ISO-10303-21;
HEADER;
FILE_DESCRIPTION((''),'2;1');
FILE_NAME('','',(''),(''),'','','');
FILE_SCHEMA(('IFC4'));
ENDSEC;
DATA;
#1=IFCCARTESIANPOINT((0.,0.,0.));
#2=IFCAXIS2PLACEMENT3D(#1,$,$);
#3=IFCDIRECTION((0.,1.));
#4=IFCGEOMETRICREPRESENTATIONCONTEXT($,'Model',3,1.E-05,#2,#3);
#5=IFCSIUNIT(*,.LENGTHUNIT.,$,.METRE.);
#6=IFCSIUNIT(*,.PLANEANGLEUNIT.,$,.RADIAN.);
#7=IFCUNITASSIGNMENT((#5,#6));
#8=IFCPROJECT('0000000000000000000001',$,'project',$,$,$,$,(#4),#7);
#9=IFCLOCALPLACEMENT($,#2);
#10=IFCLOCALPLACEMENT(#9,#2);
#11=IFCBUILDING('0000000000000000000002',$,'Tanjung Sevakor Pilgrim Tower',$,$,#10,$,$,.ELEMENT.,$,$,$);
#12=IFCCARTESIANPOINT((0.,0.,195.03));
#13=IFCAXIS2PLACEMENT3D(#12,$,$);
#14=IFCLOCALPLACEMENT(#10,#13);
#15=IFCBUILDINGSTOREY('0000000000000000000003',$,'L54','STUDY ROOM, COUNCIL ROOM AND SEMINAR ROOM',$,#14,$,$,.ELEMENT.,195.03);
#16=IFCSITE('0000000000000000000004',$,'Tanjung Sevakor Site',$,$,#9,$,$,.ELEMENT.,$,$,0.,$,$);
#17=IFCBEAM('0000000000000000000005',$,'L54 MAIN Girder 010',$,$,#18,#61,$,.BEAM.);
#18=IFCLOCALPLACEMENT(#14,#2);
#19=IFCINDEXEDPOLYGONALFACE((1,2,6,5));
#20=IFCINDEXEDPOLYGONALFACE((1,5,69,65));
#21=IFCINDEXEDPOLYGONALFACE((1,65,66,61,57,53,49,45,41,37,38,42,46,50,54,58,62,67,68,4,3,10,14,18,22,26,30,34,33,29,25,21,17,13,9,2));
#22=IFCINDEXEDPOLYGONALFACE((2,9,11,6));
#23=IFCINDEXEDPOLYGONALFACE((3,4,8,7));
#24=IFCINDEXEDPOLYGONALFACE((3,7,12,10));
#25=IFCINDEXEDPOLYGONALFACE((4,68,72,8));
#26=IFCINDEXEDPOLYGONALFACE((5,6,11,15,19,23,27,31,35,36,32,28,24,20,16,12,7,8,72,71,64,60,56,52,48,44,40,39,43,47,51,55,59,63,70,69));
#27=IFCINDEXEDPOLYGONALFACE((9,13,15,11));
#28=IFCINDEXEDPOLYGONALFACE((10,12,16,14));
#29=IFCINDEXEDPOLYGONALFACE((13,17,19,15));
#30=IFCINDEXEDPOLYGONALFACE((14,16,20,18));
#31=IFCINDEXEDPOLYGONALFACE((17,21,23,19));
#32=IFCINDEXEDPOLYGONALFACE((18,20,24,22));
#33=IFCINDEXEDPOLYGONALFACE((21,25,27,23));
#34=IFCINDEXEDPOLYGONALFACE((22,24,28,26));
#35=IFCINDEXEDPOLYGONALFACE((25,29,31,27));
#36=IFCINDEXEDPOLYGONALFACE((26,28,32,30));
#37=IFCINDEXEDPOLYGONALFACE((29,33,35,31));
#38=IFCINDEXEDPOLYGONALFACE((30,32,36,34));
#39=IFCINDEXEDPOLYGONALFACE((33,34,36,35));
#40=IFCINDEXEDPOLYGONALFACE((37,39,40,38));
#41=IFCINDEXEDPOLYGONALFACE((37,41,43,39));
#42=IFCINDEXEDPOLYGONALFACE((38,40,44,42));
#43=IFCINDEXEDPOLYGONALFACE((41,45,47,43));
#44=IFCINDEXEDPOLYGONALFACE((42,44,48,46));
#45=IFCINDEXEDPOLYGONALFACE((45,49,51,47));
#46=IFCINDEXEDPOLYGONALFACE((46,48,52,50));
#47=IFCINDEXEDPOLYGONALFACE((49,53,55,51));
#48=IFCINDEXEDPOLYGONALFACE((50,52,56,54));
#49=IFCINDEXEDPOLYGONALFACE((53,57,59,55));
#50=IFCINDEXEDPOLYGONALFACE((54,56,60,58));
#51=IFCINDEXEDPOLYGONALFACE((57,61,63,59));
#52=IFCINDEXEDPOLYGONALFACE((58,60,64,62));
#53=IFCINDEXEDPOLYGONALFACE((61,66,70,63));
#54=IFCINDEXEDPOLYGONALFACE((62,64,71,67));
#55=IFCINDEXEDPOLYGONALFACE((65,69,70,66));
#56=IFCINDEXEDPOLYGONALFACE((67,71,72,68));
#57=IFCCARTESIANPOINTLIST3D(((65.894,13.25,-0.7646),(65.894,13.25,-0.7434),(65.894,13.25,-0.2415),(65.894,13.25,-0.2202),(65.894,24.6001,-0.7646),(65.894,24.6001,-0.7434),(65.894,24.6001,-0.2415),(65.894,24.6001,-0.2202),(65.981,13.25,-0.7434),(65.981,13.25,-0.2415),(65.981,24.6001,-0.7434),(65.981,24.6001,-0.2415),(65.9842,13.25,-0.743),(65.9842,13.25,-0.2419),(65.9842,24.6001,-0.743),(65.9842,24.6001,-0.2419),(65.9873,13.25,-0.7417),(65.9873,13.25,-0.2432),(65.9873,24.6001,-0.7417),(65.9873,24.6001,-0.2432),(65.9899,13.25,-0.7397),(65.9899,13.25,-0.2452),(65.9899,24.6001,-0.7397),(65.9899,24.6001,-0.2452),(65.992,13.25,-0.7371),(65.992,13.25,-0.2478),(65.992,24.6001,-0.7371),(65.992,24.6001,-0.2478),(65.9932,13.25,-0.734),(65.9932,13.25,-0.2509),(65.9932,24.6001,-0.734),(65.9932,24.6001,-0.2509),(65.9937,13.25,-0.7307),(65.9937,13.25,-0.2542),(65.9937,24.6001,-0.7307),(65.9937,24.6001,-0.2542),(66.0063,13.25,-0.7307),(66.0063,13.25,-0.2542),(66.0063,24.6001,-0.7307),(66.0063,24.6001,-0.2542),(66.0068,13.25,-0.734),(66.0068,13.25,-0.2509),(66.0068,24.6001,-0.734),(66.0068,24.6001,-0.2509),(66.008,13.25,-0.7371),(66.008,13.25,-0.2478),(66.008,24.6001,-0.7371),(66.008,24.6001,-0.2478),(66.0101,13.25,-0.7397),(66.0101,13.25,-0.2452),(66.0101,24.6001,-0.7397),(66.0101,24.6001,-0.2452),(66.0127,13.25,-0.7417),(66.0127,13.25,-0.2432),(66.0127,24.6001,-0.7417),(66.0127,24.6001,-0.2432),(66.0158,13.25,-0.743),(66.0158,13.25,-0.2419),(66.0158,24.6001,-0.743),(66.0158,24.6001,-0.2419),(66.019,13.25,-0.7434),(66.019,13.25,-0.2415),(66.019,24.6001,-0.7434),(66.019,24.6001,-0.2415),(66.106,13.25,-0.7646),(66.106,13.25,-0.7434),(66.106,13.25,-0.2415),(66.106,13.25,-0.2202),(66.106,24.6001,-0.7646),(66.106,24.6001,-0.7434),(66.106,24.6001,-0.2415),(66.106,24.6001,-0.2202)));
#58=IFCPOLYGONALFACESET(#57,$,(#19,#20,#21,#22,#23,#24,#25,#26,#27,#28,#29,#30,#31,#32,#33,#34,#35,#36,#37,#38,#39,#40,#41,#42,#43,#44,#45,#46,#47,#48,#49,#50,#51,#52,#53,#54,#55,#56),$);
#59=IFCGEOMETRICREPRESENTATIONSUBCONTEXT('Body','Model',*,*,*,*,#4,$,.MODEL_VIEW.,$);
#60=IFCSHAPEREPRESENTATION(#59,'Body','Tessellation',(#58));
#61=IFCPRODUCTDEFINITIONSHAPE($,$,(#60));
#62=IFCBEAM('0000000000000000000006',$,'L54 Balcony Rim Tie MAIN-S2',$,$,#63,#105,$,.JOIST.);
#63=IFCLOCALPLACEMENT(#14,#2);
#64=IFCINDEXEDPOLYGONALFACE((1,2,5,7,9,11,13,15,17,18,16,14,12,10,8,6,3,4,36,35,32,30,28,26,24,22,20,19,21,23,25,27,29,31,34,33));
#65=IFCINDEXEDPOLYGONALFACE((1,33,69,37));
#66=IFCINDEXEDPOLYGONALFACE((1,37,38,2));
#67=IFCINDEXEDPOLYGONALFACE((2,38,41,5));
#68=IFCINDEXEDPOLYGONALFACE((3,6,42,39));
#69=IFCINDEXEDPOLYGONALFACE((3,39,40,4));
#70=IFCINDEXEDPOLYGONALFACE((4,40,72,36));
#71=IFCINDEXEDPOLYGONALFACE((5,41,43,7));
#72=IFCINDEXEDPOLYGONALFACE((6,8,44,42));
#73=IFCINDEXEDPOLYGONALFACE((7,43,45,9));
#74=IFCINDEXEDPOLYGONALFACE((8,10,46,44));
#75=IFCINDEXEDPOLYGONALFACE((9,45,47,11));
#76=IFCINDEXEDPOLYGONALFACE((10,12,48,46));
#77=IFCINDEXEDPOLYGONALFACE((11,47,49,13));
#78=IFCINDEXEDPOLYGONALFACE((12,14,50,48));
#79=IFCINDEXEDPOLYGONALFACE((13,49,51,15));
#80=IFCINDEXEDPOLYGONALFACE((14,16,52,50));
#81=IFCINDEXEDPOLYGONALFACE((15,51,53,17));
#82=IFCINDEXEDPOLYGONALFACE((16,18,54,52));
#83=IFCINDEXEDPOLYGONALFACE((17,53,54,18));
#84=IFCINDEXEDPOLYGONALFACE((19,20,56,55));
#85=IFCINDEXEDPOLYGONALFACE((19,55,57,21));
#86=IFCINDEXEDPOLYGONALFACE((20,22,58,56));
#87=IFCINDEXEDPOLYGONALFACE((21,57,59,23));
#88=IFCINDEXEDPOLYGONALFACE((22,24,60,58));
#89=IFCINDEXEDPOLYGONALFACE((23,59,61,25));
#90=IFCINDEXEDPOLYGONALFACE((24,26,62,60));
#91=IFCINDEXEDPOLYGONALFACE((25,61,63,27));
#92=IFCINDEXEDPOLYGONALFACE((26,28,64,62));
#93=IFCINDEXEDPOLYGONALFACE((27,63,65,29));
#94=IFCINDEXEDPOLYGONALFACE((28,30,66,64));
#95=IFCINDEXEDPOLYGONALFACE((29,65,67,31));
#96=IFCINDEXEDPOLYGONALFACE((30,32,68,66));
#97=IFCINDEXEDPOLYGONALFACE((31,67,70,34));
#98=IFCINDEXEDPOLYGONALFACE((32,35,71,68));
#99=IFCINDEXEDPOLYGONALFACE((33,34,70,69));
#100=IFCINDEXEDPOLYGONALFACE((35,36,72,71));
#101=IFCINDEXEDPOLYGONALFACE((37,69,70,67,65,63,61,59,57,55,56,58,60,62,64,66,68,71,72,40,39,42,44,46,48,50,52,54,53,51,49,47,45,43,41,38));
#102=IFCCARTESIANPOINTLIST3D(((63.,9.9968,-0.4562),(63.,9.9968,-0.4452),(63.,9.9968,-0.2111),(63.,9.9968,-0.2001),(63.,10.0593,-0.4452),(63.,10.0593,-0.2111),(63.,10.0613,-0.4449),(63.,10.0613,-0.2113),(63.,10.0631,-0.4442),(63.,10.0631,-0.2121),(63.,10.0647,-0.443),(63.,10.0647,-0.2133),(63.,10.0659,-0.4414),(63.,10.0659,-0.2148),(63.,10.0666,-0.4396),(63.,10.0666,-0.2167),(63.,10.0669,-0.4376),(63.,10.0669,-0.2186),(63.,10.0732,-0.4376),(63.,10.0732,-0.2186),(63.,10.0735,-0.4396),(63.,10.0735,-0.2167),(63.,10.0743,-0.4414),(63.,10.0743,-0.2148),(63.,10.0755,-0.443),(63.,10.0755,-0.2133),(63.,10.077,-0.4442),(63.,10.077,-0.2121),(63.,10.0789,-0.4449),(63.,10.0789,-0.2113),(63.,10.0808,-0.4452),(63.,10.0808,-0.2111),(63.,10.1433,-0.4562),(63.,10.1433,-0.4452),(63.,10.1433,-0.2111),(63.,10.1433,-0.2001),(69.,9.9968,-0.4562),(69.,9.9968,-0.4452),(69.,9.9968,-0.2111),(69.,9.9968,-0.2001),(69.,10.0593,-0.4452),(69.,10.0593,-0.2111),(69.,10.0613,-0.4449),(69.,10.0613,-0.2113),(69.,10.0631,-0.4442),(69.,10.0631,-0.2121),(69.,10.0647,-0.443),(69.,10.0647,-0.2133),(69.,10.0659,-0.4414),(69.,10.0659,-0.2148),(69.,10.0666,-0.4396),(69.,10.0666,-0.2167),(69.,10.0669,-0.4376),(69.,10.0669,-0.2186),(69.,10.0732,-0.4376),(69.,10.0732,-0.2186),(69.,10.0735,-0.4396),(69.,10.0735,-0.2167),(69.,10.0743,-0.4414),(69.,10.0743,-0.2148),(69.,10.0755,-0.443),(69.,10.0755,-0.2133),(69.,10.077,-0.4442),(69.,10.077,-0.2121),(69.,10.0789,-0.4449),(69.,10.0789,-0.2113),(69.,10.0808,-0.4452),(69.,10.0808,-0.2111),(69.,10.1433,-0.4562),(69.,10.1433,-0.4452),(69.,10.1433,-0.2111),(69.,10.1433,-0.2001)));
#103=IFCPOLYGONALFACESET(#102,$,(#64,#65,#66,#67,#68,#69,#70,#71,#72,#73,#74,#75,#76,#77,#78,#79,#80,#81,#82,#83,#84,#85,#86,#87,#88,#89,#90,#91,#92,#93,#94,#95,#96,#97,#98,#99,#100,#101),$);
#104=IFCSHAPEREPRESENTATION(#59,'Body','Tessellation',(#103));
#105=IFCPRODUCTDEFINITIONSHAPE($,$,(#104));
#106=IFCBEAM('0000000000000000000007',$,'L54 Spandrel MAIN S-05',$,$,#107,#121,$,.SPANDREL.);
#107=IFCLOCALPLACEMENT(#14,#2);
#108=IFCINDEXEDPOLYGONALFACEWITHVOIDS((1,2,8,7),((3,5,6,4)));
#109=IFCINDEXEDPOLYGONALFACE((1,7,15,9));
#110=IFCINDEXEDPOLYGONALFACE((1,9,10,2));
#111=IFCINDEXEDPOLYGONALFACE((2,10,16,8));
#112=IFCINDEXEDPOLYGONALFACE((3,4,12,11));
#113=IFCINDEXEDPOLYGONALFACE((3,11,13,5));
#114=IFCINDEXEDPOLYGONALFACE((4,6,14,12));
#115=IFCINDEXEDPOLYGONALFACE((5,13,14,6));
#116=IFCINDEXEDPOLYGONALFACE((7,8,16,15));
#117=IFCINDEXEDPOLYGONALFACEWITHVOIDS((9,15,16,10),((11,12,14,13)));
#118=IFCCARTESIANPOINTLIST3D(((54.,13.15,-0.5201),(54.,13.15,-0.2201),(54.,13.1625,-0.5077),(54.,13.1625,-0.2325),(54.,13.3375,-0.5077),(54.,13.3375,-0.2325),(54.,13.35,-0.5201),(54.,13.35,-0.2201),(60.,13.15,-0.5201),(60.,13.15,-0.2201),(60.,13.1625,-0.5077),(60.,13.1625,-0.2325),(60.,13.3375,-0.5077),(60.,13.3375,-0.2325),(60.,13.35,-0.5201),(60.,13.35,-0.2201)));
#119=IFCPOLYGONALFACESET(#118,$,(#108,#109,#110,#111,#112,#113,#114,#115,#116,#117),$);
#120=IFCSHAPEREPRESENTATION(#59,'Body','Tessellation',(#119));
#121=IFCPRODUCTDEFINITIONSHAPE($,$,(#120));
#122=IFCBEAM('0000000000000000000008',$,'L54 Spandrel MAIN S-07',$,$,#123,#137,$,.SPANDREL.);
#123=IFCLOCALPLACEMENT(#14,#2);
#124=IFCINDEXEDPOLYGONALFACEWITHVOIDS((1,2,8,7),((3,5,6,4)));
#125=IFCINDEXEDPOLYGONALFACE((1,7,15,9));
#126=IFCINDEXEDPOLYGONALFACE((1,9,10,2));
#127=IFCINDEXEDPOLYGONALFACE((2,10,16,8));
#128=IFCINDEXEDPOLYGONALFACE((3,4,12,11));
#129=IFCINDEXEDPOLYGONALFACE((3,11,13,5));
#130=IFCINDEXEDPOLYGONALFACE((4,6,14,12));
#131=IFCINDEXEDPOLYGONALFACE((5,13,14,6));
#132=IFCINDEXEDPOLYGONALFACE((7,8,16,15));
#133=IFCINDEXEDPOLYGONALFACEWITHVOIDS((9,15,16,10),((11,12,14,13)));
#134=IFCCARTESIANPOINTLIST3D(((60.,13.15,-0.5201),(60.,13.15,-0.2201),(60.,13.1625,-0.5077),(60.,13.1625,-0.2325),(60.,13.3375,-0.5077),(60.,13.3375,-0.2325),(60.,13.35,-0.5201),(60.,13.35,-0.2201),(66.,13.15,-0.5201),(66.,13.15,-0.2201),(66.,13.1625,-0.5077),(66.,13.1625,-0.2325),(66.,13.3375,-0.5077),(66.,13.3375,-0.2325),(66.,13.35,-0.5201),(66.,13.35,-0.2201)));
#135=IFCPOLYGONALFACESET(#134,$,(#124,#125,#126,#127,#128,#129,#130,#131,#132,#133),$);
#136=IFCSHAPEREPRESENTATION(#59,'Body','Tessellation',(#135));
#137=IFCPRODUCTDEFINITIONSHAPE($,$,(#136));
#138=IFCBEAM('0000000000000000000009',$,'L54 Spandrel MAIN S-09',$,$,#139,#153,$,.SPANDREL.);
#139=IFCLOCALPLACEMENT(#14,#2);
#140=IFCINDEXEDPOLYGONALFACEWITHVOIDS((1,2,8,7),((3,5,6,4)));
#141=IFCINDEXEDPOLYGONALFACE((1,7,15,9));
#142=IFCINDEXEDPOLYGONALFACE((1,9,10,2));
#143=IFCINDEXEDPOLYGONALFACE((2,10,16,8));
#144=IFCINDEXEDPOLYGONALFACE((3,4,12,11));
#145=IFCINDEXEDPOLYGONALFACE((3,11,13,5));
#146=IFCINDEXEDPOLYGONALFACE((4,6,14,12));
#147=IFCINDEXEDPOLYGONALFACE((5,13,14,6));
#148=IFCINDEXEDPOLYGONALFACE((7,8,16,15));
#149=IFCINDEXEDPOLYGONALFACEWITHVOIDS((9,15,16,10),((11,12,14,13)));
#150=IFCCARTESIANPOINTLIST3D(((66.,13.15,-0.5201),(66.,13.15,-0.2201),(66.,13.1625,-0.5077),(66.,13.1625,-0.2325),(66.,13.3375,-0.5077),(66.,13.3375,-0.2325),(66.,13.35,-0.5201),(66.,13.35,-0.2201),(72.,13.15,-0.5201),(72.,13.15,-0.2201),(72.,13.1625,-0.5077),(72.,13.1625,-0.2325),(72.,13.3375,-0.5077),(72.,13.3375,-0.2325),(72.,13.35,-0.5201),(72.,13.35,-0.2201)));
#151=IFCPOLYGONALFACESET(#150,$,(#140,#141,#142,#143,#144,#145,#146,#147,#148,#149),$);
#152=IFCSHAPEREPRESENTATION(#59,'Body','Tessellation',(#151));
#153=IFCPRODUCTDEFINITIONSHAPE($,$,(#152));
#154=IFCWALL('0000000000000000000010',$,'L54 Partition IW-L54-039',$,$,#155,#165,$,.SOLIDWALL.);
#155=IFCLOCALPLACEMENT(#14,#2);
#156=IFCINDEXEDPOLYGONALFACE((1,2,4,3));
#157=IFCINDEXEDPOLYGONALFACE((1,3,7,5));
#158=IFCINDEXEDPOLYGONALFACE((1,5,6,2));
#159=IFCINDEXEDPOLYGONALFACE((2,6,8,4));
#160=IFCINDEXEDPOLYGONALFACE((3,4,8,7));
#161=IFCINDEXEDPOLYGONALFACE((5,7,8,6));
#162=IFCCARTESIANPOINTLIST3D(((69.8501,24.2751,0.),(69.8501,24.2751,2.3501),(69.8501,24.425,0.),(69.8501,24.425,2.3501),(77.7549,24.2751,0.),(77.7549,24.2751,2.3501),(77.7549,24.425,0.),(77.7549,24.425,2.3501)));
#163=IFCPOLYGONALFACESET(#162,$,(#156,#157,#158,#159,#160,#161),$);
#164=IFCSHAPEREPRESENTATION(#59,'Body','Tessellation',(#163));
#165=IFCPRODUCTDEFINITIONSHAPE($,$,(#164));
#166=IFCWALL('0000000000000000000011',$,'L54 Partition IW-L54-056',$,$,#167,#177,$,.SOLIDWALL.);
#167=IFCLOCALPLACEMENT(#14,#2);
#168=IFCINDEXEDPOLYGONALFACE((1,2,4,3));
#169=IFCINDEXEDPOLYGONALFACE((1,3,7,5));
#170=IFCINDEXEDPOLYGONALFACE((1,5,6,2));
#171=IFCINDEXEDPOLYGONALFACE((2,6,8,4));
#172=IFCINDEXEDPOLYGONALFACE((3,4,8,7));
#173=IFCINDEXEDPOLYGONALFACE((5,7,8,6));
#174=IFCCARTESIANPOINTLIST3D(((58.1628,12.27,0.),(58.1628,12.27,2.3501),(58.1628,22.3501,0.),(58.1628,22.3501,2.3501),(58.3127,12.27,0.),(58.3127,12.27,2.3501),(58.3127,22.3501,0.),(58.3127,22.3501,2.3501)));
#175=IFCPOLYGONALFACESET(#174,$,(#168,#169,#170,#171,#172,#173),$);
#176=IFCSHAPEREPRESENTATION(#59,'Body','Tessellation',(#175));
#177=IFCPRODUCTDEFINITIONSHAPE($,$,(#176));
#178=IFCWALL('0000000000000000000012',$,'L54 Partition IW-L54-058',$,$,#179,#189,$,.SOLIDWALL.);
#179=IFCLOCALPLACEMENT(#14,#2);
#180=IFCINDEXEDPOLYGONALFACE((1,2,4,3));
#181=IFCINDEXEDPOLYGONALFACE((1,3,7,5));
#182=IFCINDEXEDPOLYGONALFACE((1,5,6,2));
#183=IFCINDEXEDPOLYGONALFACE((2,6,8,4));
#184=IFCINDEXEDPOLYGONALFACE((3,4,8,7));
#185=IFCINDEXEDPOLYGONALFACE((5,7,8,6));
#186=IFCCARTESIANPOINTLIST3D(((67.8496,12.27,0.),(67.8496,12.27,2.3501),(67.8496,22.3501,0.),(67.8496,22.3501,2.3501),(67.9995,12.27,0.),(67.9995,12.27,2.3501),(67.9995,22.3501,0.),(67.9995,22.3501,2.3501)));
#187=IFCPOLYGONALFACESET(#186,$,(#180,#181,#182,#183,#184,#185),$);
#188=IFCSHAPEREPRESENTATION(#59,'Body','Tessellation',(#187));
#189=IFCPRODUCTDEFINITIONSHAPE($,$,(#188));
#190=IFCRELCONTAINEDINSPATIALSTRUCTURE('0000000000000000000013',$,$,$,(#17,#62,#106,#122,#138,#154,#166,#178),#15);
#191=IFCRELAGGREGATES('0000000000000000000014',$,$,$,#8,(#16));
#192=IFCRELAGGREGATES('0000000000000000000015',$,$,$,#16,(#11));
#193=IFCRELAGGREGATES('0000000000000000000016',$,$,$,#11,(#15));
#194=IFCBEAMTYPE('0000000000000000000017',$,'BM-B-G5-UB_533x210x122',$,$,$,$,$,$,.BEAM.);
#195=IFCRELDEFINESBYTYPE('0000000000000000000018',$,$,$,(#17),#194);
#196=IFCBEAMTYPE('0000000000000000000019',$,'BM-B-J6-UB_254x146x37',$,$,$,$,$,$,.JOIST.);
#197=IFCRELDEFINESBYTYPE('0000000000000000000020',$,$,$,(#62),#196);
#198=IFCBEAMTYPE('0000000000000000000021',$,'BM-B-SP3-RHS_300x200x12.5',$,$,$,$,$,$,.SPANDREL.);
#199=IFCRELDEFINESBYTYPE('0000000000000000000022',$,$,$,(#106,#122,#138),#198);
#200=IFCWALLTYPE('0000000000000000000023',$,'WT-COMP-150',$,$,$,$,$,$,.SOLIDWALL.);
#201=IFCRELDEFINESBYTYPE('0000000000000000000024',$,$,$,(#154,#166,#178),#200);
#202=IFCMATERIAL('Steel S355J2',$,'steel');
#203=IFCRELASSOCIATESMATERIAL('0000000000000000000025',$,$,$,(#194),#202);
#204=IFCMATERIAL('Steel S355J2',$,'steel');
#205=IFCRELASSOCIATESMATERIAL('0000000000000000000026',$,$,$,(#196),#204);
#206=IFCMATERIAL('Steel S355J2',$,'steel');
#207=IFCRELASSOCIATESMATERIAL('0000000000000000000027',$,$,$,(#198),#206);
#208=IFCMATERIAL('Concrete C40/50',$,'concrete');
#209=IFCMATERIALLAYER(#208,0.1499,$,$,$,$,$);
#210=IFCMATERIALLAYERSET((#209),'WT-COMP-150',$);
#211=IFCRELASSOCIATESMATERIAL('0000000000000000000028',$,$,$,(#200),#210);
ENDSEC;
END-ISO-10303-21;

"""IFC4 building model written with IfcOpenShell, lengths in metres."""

from ifc_helpers import new_model, si_unit, direction, frame, frame_2d, origin, origin_2d, place, context, subcontext, project, spatial, rectangle, hollow_rectangle, i_section, extrude, material, layer, layer_set, material_profile, profile_set, type_object, element, save


model = new_model("IFC4")

# Units and contexts
model_context = context("Model", 3, precision=1e-05, world=origin(), true_north=direction((0.0, 1.0)))
body_context = subcontext(model_context, "Body", "Model", "MODEL_VIEW")
ifc_project = project(units=[si_unit("LENGTHUNIT", "METRE"), si_unit("PLANEANGLEUNIT", "RADIAN")], contexts=[model_context])

# Site, building, storey
site_placement = place(None, origin())
site = spatial("IfcSite", under=ifc_project, at=site_placement, Name="Tanjung Sevakor Site", CompositionType="ELEMENT", RefElevation=0.0)
building_placement = place(site_placement, origin())
building = spatial("IfcBuilding", under=site, at=building_placement, Name="Tanjung Sevakor Pilgrim Tower", CompositionType="ELEMENT")
storey_placement = place(building_placement, frame((0.0, 0.0, 195.03)))
storey = spatial("IfcBuildingStorey", under=building, at=storey_placement, Name="L54", Description="STUDY ROOM, COUNCIL ROOM AND SEMINAR ROOM", CompositionType="ELEMENT", Elevation=195.03)

# Beams
ifc_material_1 = material(Name="Steel S355J2", Category="steel")
ifc_material_profile_1 = material_profile(ifc_material_1, i_section(OverallWidth=0.2119, OverallDepth=0.5444, WebThickness=0.0127, FlangeThickness=0.0212, FilletRadius=0.0127, at=origin_2d()))
ifc_profile_set_1 = profile_set([ifc_material_profile_1], Name="Steel S355J2")
beam_type_1 = type_object("IfcBeamType", Name="BM-B-G5-UB_533x210x122", PredefinedType="BEAM", material=ifc_profile_set_1)
for number, where, z_axis, x_axis, name in (
    (1, (66.0, 13.25, -0.4924), (0.0, 1.0, 0.0), (-1.0, 0.0, 0.0), "L54 MAIN Girder 010"),
):
    element("IfcBeam", number, at=place(storey_placement, frame(where, z_axis=z_axis, x_axis=x_axis)), inside=storey, type_object=beam_type_1, Name=name, PredefinedType="BEAM", context=body_context, shape_type="SweptSolid", body=[
        extrude(i_section(OverallWidth=0.2119, OverallDepth=0.5444, WebThickness=0.0127, FlangeThickness=0.0212, FilletRadius=0.0127, at=origin_2d()), origin(), (0.0, 0.0, 1.0), 11.3501),
    ])
ifc_material_2 = material(Name="Steel S355J2", Category="steel")
ifc_material_profile_2 = material_profile(ifc_material_2, i_section(OverallWidth=0.1465, OverallDepth=0.2561, WebThickness=0.0063, FlangeThickness=0.011, FilletRadius=0.0076, at=origin_2d()))
ifc_profile_set_2 = profile_set([ifc_material_profile_2], Name="Steel S355J2")
beam_type_2 = type_object("IfcBeamType", Name="BM-B-J6-UB_254x146x37", PredefinedType="JOIST", material=ifc_profile_set_2)
beam_placement = place(storey_placement, frame((63.0, 10.0701, -0.3281), z_axis=(1.0, 0.0, 0.0), x_axis=(0.0, 1.0, 0.0)))
element("IfcBeam", 2, at=beam_placement, inside=storey, type_object=beam_type_2, Name="L54 Balcony Rim Tie MAIN-S2", PredefinedType="JOIST", context=body_context, shape_type="SweptSolid", body=[
    extrude(i_section(OverallWidth=0.1465, OverallDepth=0.2561, WebThickness=0.0063, FlangeThickness=0.011, FilletRadius=0.0076, at=origin_2d()), origin(), (0.0, 0.0, 1.0), 6.0),
])
ifc_material_3 = material(Name="Steel S355J2", Category="steel")
ifc_material_profile_3 = material_profile(ifc_material_3, hollow_rectangle(XDim=0.2, YDim=0.3, WallThickness=0.0125, at=origin_2d()))
ifc_profile_set_3 = profile_set([ifc_material_profile_3], Name="Steel S355J2")
beam_type_3 = type_object("IfcBeamType", Name="BM-B-SP3-RHS_300x200x12.5", PredefinedType="SPANDREL", material=ifc_profile_set_3)
for number, where, z_axis, x_axis, name in (
    (3, (54.0, 13.25, -0.3701), (1.0, 0.0, 0.0), (0.0, 1.0, 0.0), "L54 Spandrel MAIN S-05"),
    (4, (60.0, 13.25, -0.3701), (1.0, 0.0, 0.0), (0.0, 1.0, 0.0), "L54 Spandrel MAIN S-07"),
    (5, (66.0, 13.25, -0.3701), (1.0, 0.0, 0.0), (0.0, 1.0, 0.0), "L54 Spandrel MAIN S-09"),
):
    element("IfcBeam", number, at=place(storey_placement, frame(where, z_axis=z_axis, x_axis=x_axis)), inside=storey, type_object=beam_type_3, Name=name, PredefinedType="SPANDREL", context=body_context, shape_type="SweptSolid", body=[
        extrude(hollow_rectangle(XDim=0.2, YDim=0.3, WallThickness=0.0125, at=origin_2d()), origin(), (0.0, 0.0, 1.0), 6.0),
    ])

# Walls
ifc_material_4 = material(Name="Concrete C40/50", Category="concrete")
ifc_layer_1 = layer(ifc_material_4, 0.1499)
ifc_layer_set_1 = layer_set([ifc_layer_1], Name="WT-COMP-150")
wall_type = type_object("IfcWallType", Name="WT-COMP-150", PredefinedType="SOLIDWALL", material=ifc_layer_set_1)
wall_1_placement = place(storey_placement, frame((69.8501, 24.3501, 0.0), z_axis=(0.0, 0.0, 1.0), x_axis=(1.0, 0.0, 0.0)))
element("IfcWall", 6, at=wall_1_placement, inside=storey, type_object=wall_type, Name="L54 Partition IW-L54-039", PredefinedType="SOLIDWALL", context=body_context, shape_type="SweptSolid", body=[
    extrude(rectangle(XDim=7.9048, YDim=0.1499, at=frame_2d((3.9524, 0.0))), origin(), (0.0, 0.0, 1.0), 2.3501),
])
for number, where, z_axis, x_axis, name in (
    (7, (58.2378, 12.27, 0.0), (0.0, 0.0, 1.0), (0.0, 1.0, 0.0), "L54 Partition IW-L54-056"),
    (8, (67.9246, 12.27, 0.0), (0.0, 0.0, 1.0), (0.0, 1.0, 0.0), "L54 Partition IW-L54-058"),
):
    element("IfcWall", number, at=place(storey_placement, frame(where, z_axis=z_axis, x_axis=x_axis)), inside=storey, type_object=wall_type, Name=name, PredefinedType="SOLIDWALL", context=body_context, shape_type="SweptSolid", body=[
        extrude(rectangle(XDim=10.0801, YDim=0.1499, at=frame_2d((5.04, 0.0))), origin(), (0.0, 0.0, 1.0), 2.3501),
    ])

save(model, "model.ifc")
